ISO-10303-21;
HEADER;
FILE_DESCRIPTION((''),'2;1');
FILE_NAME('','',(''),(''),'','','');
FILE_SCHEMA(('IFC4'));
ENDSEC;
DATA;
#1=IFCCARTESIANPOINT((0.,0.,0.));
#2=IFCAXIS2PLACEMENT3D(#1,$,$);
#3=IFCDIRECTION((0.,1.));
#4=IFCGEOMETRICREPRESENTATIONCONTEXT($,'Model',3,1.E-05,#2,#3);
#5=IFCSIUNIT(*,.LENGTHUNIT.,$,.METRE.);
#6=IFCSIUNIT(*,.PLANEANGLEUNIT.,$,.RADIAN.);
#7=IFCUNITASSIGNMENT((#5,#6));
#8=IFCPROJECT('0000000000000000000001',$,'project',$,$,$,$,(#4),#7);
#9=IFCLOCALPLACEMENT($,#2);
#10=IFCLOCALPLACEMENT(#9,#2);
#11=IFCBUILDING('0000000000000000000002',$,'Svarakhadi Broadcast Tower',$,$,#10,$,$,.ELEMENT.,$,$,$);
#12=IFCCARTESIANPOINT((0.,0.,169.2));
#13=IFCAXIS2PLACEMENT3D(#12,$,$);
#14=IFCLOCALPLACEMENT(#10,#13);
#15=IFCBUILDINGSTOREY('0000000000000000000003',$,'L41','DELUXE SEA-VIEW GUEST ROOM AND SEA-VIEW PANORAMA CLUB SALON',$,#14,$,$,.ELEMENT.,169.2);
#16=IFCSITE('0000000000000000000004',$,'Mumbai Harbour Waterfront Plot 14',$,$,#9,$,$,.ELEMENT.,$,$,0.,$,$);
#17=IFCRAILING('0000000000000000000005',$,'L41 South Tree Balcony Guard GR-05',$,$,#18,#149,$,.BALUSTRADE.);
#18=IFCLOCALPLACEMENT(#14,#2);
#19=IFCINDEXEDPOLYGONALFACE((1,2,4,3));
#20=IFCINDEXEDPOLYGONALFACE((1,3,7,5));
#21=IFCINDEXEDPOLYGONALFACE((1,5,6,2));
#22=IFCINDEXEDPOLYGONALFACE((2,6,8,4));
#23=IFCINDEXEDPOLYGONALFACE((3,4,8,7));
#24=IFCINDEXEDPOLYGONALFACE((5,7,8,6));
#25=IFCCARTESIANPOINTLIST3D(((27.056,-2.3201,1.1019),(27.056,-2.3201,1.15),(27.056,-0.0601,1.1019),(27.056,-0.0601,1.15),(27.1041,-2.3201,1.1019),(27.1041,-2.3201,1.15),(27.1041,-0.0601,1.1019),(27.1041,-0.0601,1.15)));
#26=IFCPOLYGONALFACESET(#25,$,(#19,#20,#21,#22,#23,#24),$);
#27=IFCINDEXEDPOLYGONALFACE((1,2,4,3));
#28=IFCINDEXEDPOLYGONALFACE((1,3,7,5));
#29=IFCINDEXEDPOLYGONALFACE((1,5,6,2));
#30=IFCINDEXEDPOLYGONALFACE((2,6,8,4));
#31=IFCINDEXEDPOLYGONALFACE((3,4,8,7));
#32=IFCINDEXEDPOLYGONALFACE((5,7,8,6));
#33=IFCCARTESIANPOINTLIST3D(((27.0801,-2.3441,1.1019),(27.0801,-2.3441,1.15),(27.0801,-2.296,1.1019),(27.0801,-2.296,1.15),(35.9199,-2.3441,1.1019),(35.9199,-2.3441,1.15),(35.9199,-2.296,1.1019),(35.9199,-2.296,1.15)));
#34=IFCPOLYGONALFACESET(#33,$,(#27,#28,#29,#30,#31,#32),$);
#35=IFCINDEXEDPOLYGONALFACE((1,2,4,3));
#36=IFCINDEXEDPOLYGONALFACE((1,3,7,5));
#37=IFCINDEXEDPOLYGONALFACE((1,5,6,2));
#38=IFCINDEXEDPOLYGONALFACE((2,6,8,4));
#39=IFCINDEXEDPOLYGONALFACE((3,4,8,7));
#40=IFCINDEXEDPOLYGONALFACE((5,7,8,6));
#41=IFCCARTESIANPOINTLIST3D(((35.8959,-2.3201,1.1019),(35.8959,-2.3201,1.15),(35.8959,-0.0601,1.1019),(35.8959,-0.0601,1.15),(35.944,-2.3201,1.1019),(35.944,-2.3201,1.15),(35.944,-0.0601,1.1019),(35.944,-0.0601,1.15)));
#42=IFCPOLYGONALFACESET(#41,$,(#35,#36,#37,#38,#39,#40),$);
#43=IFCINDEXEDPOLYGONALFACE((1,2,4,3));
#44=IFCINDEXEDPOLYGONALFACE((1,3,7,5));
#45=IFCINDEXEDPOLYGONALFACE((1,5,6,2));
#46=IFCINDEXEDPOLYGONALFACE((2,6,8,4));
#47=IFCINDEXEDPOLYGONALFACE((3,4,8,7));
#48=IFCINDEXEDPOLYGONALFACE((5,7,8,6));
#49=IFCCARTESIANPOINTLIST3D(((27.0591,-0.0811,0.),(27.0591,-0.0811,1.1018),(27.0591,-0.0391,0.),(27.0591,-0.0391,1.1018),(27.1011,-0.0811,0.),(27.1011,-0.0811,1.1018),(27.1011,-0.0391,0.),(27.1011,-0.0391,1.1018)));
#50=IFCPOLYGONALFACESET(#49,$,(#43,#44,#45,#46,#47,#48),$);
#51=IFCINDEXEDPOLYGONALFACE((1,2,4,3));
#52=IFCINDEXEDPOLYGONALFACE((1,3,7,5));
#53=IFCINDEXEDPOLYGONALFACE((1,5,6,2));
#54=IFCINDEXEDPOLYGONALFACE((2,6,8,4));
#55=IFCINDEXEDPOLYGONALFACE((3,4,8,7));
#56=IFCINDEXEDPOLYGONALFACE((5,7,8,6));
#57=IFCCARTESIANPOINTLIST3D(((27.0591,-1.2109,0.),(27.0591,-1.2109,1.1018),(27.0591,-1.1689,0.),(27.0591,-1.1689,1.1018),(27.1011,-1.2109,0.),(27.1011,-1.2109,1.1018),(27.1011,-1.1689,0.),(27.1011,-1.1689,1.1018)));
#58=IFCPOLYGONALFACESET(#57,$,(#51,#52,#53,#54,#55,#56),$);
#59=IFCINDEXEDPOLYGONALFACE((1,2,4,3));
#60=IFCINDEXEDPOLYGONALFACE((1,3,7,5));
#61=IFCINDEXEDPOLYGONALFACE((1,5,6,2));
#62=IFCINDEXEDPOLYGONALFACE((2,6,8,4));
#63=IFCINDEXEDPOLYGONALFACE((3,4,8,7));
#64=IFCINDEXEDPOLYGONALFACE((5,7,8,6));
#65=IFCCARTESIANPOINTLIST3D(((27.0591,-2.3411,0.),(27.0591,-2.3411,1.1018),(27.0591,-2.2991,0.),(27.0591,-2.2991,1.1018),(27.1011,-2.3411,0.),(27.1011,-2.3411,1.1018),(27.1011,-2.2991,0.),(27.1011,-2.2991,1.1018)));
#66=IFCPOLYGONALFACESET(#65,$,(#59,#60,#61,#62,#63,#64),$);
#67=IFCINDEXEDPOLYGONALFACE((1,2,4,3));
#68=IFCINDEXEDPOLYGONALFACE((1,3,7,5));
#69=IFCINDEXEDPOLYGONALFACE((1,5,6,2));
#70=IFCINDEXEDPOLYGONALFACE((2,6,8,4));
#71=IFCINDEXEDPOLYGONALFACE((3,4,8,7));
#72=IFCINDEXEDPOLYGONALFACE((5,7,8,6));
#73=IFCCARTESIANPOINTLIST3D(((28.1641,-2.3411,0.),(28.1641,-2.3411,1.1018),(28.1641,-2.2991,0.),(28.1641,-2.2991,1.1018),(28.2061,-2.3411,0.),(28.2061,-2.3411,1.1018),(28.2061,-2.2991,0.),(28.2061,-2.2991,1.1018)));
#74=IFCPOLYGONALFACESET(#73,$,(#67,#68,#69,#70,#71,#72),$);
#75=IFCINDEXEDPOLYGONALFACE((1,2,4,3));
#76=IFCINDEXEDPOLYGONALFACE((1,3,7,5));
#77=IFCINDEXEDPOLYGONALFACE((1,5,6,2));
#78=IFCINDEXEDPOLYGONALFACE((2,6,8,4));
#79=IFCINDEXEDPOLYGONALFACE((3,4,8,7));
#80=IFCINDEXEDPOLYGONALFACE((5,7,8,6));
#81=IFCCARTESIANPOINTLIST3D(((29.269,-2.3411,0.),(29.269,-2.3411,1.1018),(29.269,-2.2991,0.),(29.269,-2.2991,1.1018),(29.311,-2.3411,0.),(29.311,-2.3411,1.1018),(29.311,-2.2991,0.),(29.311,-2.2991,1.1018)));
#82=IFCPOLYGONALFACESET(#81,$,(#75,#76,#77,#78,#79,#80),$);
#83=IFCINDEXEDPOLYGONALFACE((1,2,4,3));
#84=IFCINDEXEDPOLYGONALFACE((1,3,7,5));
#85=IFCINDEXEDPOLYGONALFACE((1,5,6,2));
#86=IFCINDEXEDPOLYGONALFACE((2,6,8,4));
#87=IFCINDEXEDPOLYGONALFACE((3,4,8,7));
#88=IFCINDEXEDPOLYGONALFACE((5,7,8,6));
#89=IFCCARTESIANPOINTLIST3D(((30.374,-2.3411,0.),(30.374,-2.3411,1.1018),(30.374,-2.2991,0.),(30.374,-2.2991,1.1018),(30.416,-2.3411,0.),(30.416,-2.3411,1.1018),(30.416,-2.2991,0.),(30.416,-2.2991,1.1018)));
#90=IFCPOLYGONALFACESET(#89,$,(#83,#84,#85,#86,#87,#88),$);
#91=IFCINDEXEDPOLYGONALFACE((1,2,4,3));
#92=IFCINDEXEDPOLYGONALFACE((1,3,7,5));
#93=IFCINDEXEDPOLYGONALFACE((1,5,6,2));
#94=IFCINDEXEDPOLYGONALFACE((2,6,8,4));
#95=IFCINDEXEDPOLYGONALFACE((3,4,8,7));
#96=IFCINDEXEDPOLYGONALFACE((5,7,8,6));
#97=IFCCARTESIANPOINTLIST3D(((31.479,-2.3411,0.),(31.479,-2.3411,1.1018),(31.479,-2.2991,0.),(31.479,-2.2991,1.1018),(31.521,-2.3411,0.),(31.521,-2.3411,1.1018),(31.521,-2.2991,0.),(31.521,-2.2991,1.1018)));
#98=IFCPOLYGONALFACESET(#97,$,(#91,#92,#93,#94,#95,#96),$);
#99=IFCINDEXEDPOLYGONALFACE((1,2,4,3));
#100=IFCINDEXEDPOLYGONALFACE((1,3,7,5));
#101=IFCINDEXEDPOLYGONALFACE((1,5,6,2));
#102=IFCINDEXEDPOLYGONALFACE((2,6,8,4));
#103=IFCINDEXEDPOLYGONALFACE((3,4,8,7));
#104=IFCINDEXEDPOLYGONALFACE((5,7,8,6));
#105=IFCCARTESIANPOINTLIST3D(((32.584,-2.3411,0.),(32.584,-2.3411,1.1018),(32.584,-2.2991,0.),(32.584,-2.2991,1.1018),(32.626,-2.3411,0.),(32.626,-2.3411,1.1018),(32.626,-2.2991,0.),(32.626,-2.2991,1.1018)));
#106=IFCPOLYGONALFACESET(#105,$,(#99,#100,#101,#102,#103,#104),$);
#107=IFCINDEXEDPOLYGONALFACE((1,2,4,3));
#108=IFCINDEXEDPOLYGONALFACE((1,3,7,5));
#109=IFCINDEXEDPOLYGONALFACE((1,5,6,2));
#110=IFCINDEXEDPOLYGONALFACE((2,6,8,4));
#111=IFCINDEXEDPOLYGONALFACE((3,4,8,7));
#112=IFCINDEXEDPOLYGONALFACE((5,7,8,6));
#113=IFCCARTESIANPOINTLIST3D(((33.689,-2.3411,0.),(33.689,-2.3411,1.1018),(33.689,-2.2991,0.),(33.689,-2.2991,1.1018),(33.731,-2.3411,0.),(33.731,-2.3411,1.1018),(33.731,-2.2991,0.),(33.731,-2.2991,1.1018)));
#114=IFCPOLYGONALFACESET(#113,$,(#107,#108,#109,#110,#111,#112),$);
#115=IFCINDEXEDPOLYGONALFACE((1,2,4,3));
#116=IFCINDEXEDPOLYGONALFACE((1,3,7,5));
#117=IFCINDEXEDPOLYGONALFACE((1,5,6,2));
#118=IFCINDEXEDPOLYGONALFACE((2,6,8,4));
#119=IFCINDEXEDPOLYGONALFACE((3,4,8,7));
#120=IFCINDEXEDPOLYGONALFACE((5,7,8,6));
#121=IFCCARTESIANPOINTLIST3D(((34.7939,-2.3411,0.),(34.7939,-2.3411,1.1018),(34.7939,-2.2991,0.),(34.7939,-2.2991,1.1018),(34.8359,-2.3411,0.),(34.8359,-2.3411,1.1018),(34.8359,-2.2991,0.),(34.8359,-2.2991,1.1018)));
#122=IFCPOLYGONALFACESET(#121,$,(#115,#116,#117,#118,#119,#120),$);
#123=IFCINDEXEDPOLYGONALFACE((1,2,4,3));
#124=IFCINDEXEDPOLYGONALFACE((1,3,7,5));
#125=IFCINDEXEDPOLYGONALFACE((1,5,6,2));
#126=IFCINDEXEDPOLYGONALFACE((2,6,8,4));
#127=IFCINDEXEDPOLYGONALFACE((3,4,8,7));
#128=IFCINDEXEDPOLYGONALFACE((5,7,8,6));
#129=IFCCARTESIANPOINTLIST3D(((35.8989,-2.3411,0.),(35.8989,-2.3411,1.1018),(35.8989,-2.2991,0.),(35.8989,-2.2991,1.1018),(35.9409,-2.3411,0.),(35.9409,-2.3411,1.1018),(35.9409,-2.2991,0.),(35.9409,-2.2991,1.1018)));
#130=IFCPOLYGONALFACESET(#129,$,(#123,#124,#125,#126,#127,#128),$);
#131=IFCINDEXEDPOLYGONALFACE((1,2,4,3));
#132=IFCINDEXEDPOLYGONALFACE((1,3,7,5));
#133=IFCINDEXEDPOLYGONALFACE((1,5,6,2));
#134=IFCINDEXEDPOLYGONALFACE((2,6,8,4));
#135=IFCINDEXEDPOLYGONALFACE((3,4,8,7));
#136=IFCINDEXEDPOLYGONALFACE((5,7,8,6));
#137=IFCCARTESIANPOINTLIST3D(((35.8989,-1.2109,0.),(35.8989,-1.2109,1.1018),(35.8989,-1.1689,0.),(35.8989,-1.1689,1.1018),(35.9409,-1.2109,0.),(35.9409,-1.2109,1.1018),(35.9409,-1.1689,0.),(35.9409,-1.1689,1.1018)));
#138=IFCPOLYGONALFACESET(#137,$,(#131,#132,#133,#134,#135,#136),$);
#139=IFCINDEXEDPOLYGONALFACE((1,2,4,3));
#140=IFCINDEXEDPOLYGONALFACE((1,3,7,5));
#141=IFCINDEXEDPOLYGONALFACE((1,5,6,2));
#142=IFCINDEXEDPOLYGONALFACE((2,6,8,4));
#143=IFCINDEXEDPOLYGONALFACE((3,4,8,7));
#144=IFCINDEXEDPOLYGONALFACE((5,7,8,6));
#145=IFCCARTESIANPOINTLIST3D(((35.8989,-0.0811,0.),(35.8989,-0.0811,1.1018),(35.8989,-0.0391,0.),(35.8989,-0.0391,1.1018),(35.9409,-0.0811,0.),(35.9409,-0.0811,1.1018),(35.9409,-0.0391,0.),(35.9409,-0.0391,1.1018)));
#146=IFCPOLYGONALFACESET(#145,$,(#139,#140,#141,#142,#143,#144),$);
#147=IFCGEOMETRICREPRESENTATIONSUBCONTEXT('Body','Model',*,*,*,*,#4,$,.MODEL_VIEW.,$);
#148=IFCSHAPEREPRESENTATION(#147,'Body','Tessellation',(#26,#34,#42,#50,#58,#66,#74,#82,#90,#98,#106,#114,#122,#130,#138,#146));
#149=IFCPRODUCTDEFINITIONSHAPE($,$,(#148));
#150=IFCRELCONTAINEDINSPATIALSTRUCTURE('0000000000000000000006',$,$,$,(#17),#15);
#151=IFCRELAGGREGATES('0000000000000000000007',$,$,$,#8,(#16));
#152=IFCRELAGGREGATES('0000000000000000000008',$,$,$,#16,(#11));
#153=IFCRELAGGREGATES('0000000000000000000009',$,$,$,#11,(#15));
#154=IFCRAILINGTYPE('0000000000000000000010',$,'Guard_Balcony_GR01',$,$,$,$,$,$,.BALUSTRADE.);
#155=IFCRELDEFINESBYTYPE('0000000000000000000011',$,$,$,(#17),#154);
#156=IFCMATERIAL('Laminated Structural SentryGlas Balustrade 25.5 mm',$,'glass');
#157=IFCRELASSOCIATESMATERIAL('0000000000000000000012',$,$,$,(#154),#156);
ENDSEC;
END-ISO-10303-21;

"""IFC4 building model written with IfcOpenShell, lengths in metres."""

from ifc_helpers import new_model, si_unit, direction, frame, origin, origin_2d, place, context, subcontext, project, spatial, rectangle, extrude, material, type_object, element, save


model = new_model("IFC4")

# Units and contexts
model_context = context("Model", 3, precision=1e-05, world=origin(), true_north=direction((0.0, 1.0)))
body_context = subcontext(model_context, "Body", "Model", "MODEL_VIEW")
ifc_project = project(units=[si_unit("LENGTHUNIT", "METRE"), si_unit("PLANEANGLEUNIT", "RADIAN")], contexts=[model_context])

# Site, building, storey
site_placement = place(None, origin())
site = spatial("IfcSite", under=ifc_project, at=site_placement, Name="Mumbai Harbour Waterfront Plot 14", CompositionType="ELEMENT", RefElevation=0.0)
building_placement = place(site_placement, origin())
building = spatial("IfcBuilding", under=site, at=building_placement, Name="Svarakhadi Broadcast Tower", CompositionType="ELEMENT")
storey_placement = place(building_placement, frame((0.0, 0.0, 169.2)))
storey = spatial("IfcBuildingStorey", under=building, at=storey_placement, Name="L41", Description="DELUXE SEA-VIEW GUEST ROOM AND SEA-VIEW PANORAMA CLUB SALON", CompositionType="ELEMENT", Elevation=169.2)

# Railing
ifc_material_1 = material(Name="Laminated Structural SentryGlas Balustrade 25.5 mm", Category="glass")
railing_type = type_object("IfcRailingType", Name="Guard_Balcony_GR01", PredefinedType="BALUSTRADE", material=ifc_material_1)
railing_placement = place(storey_placement, frame((27.0801, -0.0601, 0.0)))
element("IfcRailing", 1, at=railing_placement, inside=storey, type_object=railing_type, Name="L41 South Tree Balcony Guard GR-05", PredefinedType="BALUSTRADE", context=body_context, shape_type="SweptSolid", body=[
    extrude(rectangle(XDim=0.0481, YDim=0.0481, at=origin_2d()), frame((0.0, 0.0, 1.126), z_axis=(0.0, -1.0, 0.0), x_axis=(1.0, 0.0, 0.0)), (0.0, 0.0, 1.0), 2.26),
    extrude(rectangle(XDim=0.0481, YDim=0.0481, at=origin_2d()), frame((0.0, -2.26, 1.126), z_axis=(1.0, 0.0, 0.0), x_axis=(0.0, 1.0, 0.0)), (0.0, 0.0, 1.0), 8.8398),
    extrude(rectangle(XDim=0.0481, YDim=0.0481, at=origin_2d()), frame((8.8398, -2.26, 1.126), z_axis=(0.0, 1.0, 0.0), x_axis=(-1.0, 0.0, 0.0)), (0.0, 0.0, 1.0), 2.26),
    extrude(rectangle(XDim=0.042, YDim=0.042, at=origin_2d()), origin(), (0.0, 0.0, 1.0), 1.1018),
    extrude(rectangle(XDim=0.042, YDim=0.042, at=origin_2d()), frame((0.0, -1.1299, 0.0)), (0.0, 0.0, 1.0), 1.1018),
    extrude(rectangle(XDim=0.042, YDim=0.042, at=origin_2d()), frame((0.0, -2.26, 0.0)), (0.0, 0.0, 1.0), 1.1018),
    extrude(rectangle(XDim=0.042, YDim=0.042, at=origin_2d()), frame((1.105, -2.26, 0.0)), (0.0, 0.0, 1.0), 1.1018),
    extrude(rectangle(XDim=0.042, YDim=0.042, at=origin_2d()), frame((2.21, -2.26, 0.0)), (0.0, 0.0, 1.0), 1.1018),
    extrude(rectangle(XDim=0.042, YDim=0.042, at=origin_2d()), frame((3.3149, -2.26, 0.0)), (0.0, 0.0, 1.0), 1.1018),
    extrude(rectangle(XDim=0.042, YDim=0.042, at=origin_2d()), frame((4.4199, -2.26, 0.0)), (0.0, 0.0, 1.0), 1.1018),
    extrude(rectangle(XDim=0.042, YDim=0.042, at=origin_2d()), frame((5.5249, -2.26, 0.0)), (0.0, 0.0, 1.0), 1.1018),
    extrude(rectangle(XDim=0.042, YDim=0.042, at=origin_2d()), frame((6.6299, -2.26, 0.0)), (0.0, 0.0, 1.0), 1.1018),
    extrude(rectangle(XDim=0.042, YDim=0.042, at=origin_2d()), frame((7.7349, -2.26, 0.0)), (0.0, 0.0, 1.0), 1.1018),
    extrude(rectangle(XDim=0.042, YDim=0.042, at=origin_2d()), frame((8.8398, -2.26, 0.0)), (0.0, 0.0, 1.0), 1.1018),
    extrude(rectangle(XDim=0.042, YDim=0.042, at=origin_2d()), frame((8.8398, -1.1299, 0.0)), (0.0, 0.0, 1.0), 1.1018),
    extrude(rectangle(XDim=0.042, YDim=0.042, at=origin_2d()), frame((8.8398, 0.0, 0.0)), (0.0, 0.0, 1.0), 1.1018),
])

save(model, "model.ifc")
